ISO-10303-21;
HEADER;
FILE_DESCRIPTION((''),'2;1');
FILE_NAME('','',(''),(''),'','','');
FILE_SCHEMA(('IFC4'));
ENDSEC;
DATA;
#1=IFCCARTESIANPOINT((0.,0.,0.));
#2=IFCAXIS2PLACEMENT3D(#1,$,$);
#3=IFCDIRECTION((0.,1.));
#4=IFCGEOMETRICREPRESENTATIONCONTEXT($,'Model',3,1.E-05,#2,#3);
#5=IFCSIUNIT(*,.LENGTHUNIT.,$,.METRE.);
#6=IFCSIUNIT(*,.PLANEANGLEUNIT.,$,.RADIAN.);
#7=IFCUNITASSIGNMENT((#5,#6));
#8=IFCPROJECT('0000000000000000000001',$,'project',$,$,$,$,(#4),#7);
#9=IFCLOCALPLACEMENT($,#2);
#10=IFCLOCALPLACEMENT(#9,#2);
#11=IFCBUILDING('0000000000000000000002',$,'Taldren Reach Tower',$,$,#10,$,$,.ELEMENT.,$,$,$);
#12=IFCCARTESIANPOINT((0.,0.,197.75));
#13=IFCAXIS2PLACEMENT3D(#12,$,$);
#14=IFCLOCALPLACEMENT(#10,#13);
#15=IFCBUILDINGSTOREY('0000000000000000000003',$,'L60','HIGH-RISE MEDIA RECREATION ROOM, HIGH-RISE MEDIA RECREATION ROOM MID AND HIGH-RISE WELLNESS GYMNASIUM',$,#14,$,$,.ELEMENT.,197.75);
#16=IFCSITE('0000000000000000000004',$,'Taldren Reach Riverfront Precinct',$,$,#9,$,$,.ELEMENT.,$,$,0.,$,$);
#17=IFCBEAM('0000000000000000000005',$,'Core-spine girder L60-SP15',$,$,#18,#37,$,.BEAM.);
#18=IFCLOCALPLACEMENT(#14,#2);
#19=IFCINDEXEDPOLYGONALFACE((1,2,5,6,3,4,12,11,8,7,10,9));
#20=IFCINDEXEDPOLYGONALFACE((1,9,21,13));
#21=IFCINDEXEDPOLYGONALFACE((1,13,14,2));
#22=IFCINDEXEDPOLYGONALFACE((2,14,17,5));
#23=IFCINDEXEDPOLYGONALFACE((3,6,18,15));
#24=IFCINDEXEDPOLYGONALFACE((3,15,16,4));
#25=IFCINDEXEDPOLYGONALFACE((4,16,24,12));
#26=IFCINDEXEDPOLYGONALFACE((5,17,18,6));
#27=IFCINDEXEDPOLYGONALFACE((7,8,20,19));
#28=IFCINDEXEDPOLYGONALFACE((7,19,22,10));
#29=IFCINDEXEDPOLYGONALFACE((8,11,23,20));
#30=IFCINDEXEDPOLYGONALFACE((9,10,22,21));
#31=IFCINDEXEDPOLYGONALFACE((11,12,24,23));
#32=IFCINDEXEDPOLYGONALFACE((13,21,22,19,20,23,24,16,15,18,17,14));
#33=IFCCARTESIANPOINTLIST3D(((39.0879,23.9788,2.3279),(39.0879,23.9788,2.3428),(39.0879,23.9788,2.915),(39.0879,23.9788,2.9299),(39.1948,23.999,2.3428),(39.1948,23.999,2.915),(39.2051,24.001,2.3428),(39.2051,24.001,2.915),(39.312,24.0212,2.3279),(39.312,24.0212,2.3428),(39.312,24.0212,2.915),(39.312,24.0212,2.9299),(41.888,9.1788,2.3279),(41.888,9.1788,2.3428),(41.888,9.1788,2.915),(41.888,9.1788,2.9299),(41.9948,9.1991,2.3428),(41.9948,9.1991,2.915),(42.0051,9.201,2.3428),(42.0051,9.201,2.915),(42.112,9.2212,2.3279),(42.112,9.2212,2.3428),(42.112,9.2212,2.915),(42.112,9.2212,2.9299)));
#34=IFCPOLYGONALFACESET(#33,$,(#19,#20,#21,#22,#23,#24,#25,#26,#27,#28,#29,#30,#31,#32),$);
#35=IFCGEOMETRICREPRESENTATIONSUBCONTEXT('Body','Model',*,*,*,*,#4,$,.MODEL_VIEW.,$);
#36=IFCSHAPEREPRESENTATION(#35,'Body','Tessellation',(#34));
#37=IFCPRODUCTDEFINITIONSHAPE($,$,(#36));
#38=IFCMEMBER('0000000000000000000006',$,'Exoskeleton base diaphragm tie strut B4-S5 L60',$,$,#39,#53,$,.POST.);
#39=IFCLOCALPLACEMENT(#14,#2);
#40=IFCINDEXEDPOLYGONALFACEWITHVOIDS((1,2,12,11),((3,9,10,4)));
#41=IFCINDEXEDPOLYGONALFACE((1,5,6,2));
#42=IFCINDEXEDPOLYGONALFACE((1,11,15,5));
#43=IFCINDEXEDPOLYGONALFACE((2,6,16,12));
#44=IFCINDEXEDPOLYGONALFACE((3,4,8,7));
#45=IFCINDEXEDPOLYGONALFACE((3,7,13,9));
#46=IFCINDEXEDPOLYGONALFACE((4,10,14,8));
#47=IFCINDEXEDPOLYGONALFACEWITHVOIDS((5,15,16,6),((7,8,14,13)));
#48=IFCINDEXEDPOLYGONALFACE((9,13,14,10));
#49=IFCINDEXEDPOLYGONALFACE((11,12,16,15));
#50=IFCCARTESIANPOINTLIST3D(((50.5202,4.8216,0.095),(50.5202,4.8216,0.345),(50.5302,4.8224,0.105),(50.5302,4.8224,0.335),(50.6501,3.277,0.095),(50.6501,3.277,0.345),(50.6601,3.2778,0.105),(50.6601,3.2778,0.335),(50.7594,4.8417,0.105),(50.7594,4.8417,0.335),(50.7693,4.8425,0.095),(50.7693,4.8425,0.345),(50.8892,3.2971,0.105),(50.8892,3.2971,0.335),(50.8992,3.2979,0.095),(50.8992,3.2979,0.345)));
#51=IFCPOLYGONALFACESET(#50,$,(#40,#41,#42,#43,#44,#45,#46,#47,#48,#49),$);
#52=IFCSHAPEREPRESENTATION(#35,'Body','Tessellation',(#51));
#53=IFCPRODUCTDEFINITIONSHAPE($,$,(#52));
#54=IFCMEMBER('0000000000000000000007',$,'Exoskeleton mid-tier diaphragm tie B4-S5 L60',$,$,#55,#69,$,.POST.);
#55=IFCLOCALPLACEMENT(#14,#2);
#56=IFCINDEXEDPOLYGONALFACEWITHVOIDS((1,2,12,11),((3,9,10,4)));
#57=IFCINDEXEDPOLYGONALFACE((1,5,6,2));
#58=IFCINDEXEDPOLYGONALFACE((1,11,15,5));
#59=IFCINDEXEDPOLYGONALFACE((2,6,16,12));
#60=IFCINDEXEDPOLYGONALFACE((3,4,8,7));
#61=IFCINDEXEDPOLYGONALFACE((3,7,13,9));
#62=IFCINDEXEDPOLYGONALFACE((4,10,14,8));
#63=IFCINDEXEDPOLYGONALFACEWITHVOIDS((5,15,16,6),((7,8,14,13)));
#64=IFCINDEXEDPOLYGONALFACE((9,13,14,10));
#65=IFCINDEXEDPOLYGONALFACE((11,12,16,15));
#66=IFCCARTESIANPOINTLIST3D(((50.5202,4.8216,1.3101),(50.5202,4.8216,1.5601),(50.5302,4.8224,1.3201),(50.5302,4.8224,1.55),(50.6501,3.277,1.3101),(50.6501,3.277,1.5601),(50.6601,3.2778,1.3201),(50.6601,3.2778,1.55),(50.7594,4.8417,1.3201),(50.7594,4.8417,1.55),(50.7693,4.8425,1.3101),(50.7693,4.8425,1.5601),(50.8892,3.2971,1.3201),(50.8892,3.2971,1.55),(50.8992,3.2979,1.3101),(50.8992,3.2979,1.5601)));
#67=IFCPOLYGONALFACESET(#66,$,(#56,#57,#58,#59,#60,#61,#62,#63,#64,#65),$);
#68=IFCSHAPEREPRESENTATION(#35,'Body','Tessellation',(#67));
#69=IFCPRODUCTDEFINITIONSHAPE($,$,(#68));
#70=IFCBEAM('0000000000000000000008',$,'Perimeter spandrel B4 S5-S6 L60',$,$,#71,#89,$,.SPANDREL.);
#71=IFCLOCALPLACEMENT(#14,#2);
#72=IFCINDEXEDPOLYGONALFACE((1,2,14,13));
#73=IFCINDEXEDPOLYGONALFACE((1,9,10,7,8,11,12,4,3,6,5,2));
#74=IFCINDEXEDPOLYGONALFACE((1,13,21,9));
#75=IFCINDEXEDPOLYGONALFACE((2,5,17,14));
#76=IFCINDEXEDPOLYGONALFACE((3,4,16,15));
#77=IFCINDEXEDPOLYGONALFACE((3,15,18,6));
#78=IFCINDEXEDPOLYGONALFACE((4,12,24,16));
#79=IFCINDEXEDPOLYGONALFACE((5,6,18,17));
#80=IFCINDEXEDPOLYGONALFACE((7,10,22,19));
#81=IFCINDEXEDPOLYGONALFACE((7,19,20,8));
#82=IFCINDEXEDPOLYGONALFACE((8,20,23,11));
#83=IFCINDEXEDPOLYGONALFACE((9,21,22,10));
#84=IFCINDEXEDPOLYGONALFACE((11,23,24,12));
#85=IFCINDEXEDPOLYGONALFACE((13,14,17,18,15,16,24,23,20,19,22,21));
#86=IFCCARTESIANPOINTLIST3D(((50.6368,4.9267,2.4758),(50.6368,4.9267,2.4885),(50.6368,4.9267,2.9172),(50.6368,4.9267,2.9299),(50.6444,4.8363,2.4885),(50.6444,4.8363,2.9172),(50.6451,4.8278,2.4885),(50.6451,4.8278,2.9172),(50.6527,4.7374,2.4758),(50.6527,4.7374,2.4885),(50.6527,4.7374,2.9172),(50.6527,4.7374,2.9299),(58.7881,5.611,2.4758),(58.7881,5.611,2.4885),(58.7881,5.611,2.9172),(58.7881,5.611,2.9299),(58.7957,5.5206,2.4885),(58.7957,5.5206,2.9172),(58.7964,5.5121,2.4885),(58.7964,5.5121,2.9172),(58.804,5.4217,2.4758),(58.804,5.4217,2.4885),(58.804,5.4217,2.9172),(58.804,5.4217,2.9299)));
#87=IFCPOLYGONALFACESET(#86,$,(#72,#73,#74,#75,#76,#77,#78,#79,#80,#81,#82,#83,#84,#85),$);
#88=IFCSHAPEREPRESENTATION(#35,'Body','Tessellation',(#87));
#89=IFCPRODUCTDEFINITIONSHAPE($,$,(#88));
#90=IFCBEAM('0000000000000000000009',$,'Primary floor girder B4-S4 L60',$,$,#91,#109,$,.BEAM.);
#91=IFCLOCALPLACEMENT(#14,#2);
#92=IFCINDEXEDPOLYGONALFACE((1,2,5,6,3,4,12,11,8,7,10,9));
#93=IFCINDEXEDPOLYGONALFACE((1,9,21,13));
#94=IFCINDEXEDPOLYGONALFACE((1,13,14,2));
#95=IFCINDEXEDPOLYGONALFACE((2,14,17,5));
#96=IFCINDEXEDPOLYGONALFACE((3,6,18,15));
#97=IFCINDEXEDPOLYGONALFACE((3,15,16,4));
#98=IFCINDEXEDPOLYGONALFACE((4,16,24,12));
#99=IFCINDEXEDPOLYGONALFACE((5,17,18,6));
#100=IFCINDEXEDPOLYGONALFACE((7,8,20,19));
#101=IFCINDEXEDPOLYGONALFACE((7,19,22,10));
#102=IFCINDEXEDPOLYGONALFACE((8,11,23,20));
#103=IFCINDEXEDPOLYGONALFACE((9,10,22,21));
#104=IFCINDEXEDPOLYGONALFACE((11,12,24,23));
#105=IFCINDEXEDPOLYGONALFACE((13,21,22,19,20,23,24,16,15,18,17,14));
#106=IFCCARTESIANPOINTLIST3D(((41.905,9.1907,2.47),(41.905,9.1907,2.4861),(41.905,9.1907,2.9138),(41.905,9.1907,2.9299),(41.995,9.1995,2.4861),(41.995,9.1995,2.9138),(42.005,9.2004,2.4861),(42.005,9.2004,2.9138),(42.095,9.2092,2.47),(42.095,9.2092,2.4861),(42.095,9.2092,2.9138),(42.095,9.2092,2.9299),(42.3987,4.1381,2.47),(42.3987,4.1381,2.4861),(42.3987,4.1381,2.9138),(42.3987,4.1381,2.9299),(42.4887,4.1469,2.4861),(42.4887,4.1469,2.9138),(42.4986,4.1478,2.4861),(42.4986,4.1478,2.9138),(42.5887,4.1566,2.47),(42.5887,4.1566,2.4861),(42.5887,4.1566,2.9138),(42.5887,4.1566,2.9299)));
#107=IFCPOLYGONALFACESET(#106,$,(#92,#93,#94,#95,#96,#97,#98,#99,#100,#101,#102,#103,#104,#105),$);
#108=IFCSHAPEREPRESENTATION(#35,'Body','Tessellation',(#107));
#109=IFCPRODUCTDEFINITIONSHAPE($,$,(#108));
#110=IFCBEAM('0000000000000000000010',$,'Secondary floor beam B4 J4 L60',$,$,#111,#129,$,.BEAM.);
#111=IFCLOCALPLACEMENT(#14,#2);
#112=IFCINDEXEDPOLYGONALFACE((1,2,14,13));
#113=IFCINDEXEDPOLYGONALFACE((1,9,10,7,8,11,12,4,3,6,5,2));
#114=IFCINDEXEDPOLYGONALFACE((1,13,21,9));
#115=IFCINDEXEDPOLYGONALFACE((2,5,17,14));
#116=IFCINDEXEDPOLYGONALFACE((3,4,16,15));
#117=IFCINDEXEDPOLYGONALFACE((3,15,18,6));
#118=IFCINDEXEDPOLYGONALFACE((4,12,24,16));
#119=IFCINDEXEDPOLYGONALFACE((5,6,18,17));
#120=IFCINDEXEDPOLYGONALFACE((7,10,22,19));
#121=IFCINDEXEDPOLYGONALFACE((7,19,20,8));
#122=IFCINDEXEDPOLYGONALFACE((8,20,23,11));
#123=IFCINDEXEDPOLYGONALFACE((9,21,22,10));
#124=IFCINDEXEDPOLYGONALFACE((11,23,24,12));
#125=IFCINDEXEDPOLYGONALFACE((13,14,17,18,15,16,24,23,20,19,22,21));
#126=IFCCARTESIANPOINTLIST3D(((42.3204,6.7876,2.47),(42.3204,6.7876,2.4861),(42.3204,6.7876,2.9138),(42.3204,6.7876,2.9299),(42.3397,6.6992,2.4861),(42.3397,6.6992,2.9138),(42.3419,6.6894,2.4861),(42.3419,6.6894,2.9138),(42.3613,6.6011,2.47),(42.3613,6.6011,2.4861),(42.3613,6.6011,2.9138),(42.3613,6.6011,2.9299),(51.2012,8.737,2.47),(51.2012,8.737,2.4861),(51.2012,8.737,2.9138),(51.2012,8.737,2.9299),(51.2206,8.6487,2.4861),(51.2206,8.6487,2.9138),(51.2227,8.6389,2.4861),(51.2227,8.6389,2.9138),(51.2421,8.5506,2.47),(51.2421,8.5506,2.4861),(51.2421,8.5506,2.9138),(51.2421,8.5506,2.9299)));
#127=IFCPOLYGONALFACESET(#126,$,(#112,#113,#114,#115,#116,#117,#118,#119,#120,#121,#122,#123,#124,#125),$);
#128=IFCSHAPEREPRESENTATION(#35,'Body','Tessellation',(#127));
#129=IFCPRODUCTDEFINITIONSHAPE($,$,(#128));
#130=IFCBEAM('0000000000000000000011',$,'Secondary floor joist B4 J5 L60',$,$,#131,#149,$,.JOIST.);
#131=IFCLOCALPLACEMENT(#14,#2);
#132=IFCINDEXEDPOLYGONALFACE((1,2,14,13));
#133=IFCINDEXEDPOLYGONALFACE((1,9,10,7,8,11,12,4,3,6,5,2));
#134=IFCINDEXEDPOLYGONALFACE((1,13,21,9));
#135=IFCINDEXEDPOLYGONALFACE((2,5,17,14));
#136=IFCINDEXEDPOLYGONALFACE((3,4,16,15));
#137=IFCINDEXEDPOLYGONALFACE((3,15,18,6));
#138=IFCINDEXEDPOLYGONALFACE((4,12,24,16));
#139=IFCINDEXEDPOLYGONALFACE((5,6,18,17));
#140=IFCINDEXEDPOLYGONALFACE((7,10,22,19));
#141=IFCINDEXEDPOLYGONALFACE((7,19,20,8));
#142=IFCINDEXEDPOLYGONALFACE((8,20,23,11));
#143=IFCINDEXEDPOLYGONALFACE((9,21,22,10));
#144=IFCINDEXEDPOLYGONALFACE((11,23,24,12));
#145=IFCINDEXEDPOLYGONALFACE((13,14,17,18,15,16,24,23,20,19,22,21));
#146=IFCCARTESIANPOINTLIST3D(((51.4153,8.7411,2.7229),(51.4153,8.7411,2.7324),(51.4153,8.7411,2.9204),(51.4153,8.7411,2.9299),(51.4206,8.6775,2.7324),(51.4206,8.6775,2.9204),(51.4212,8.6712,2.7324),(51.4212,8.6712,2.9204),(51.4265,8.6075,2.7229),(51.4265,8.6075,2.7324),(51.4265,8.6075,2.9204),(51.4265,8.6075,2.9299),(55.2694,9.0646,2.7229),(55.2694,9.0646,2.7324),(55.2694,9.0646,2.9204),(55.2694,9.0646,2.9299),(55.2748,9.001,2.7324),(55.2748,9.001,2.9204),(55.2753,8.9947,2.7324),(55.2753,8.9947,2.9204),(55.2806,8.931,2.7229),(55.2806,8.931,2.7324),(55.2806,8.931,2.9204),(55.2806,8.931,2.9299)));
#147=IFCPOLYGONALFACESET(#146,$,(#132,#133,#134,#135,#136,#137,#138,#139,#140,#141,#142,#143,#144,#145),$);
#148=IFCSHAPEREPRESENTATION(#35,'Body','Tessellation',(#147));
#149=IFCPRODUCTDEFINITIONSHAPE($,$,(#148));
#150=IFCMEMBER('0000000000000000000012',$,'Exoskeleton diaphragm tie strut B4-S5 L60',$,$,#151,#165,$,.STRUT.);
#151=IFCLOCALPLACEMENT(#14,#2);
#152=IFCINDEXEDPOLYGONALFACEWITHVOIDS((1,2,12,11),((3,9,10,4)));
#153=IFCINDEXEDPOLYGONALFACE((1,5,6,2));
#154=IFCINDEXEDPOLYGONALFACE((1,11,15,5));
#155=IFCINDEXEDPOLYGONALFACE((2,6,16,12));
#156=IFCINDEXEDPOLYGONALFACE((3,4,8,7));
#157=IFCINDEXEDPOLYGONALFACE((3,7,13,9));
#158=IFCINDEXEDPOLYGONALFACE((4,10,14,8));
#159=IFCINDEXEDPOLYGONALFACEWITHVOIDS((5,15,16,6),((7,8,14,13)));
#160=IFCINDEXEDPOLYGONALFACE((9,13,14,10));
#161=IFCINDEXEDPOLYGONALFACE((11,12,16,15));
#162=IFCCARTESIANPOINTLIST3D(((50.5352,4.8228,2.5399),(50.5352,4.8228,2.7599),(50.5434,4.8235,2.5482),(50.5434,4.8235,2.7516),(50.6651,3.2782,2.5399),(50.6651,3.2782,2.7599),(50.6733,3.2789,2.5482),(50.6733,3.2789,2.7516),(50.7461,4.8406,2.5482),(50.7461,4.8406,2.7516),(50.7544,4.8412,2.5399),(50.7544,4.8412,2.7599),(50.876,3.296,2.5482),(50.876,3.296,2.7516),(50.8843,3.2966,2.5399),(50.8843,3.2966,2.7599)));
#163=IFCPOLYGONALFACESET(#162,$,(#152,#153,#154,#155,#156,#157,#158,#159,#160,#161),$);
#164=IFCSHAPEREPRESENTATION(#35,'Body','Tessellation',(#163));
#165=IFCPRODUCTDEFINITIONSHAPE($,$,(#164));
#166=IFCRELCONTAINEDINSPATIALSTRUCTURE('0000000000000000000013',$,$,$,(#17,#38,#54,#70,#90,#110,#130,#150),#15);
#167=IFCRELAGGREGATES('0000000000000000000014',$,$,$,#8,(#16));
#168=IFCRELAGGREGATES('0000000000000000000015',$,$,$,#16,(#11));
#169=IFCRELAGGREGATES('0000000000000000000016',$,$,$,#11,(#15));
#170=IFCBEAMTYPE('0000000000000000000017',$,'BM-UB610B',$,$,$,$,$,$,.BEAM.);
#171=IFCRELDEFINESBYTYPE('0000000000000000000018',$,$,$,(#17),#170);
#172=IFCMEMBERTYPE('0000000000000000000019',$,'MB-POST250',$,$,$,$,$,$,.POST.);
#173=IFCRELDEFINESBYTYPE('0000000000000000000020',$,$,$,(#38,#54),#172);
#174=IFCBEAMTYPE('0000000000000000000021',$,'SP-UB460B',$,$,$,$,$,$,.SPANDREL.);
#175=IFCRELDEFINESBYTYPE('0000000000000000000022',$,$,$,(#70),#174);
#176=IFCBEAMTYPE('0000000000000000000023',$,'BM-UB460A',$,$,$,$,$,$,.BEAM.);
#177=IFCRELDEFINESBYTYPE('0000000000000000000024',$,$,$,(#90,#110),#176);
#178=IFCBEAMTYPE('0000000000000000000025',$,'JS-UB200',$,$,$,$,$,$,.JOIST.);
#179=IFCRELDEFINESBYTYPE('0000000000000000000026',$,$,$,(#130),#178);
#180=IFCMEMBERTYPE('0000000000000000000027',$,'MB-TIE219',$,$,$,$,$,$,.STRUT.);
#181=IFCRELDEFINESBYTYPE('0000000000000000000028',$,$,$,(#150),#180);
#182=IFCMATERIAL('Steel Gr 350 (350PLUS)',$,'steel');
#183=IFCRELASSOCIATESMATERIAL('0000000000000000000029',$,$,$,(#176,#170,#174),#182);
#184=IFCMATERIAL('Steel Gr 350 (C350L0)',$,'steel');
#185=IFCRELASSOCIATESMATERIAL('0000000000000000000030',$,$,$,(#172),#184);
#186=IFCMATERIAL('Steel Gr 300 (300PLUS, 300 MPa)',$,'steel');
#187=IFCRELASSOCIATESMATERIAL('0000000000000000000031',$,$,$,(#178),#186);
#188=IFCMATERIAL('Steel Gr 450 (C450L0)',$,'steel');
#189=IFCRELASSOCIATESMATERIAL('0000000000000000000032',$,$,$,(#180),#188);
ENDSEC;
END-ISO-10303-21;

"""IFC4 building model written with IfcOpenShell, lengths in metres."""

from ifc_helpers import new_model, si_unit, direction, frame, origin, origin_2d, place, context, subcontext, project, spatial, hollow_rectangle, i_section, extrude, source, transform, mapped, material, material_profile, profile_set, type_object, element, save


model = new_model("IFC4")

# Units and contexts
model_context = context("Model", 3, precision=1e-05, world=origin(), true_north=direction((0.0, 1.0)))
body_context = subcontext(model_context, "Body", "Model", "MODEL_VIEW")
ifc_project = project(units=[si_unit("LENGTHUNIT", "METRE"), si_unit("PLANEANGLEUNIT", "RADIAN")], contexts=[model_context])

# Site, building, storey
site_placement = place(None, origin())
site = spatial("IfcSite", under=ifc_project, at=site_placement, Name="Taldren Reach Riverfront Precinct", CompositionType="ELEMENT", RefElevation=0.0)
building_placement = place(site_placement, origin())
building = spatial("IfcBuilding", under=site, at=building_placement, Name="Taldren Reach Tower", CompositionType="ELEMENT")
storey_placement = place(building_placement, frame((0.0, 0.0, 197.75)))
storey = spatial("IfcBuildingStorey", under=building, at=storey_placement, Name="L60", Description="HIGH-RISE MEDIA RECREATION ROOM, HIGH-RISE MEDIA RECREATION ROOM MID AND HIGH-RISE WELLNESS GYMNASIUM", CompositionType="ELEMENT", Elevation=197.75)

# Shared definitions
ifc_material_1 = material(Name="Steel Gr 350 (350PLUS)", Category="steel")
ifc_material_2 = material(Name="Steel Gr 450 (C450L0)", Category="steel")

# Beam
ifc_material_profile_1 = material_profile(ifc_material_1, i_section(OverallWidth=0.1909, OverallDepth=0.46, WebThickness=0.01, FlangeThickness=0.0161, at=origin_2d()), Name="460UB82.1")
ifc_profile_set_1 = profile_set([ifc_material_profile_1], Name="Steel Gr 350 (350PLUS)")
beam_type_1 = type_object("IfcBeamType", Name="BM-UB460A", PredefinedType="BEAM", material=ifc_profile_set_1)
ifc_material_profile_2 = material_profile(ifc_material_1, i_section(OverallWidth=0.228, OverallDepth=0.6021, WebThickness=0.0105, FlangeThickness=0.0149, at=origin_2d()), Name="610UB101")
ifc_profile_set_2 = profile_set([ifc_material_profile_2], Name="Steel Gr 350 (350PLUS)")
beam_type_2 = type_object("IfcBeamType", Name="BM-UB610B", PredefinedType="BEAM", material=ifc_profile_set_2)
shared_shape_1 = source(origin(), body_context, "Body", "SweptSolid", [
    extrude(i_section(OverallWidth=0.228, OverallDepth=0.6021, WebThickness=0.0105, FlangeThickness=0.0149, at=origin_2d()), origin(), (0.0, 0.0, 1.0), 15.0625),
])
beam_1_placement = place(storey_placement, frame((39.2, 24.0, 2.6289), z_axis=(0.185894, -0.98257, 0.0), x_axis=(0.98257, 0.185894, 0.0)))
element("IfcBeam", 1, at=beam_1_placement, inside=storey, type_object=beam_type_2, Name="Core-spine girder L60-SP15", PredefinedType="BEAM", context=body_context, shape_type="MappedRepresentation", body=[
    mapped(shared_shape_1, transform((0.0, 0.0, 0.0), scale=1.0)),
])

# Members
ifc_material_3 = material(Name="Steel Gr 350 (C350L0)", Category="steel")
ifc_material_profile_3 = material_profile(ifc_material_3, hollow_rectangle(XDim=0.25, YDim=0.25, WallThickness=0.01, at=origin_2d()), Name="250x250x10.0SHS")
ifc_profile_set_3 = profile_set([ifc_material_profile_3], Name="Steel Gr 350 (C350L0)")
member_type_1 = type_object("IfcMemberType", Name="MB-POST250", PredefinedType="POST", material=ifc_profile_set_3)
shared_shape_2 = source(origin(), body_context, "Body", "SweptSolid", [
    extrude(hollow_rectangle(XDim=0.25, YDim=0.25, WallThickness=0.01, at=origin_2d()), origin(), (0.0, 0.0, 1.0), 1.55),
])
for number, where, z_axis, x_axis, name in (
    (2, (50.6448, 4.832, 0.22), (0.083788, -0.996484, 0.0), (0.996484, 0.083788, 0.0), "Exoskeleton base diaphragm tie strut B4-S5 L60"),
    (3, (50.6448, 4.832, 1.4351), (0.083788, -0.996484, 0.0), (0.996484, 0.083788, 0.0), "Exoskeleton mid-tier diaphragm tie B4-S5 L60"),
):
    element("IfcMember", number, at=place(storey_placement, frame(where, z_axis=z_axis, x_axis=x_axis)), inside=storey, type_object=member_type_1, Name=name, PredefinedType="POST", context=body_context, shape_type="MappedRepresentation", body=[
        mapped(shared_shape_2, transform((0.0, 0.0, 0.0), scale=1.0)),
    ])

# Beams
ifc_material_profile_4 = material_profile(ifc_material_1, i_section(OverallWidth=0.1899, OverallDepth=0.4541, WebThickness=0.0085, FlangeThickness=0.0127, at=origin_2d()), Name="460UB67.1")
ifc_profile_set_4 = profile_set([ifc_material_profile_4], Name="Steel Gr 350 (350PLUS)")
beam_type_3 = type_object("IfcBeamType", Name="SP-UB460B", PredefinedType="SPANDREL", material=ifc_profile_set_4)
shared_shape_3 = source(origin(), body_context, "Body", "SweptSolid", [
    extrude(i_section(OverallWidth=0.1899, OverallDepth=0.4541, WebThickness=0.0085, FlangeThickness=0.0127, at=origin_2d()), origin(), (0.0, 0.0, 1.0), 8.1799),
])
beam_2_placement = place(storey_placement, frame((50.6448, 4.832, 2.7029), z_axis=(0.996495, 0.083658, 0.0), x_axis=(-0.083658, 0.996495, 0.0)))
element("IfcBeam", 4, at=beam_2_placement, inside=storey, type_object=beam_type_3, Name="Perimeter spandrel B4 S5-S6 L60", PredefinedType="SPANDREL", context=body_context, shape_type="MappedRepresentation", body=[
    mapped(shared_shape_3, transform((0.0, 0.0, 0.0), scale=1.0)),
])
shared_shape_4 = source(origin(), body_context, "Body", "SweptSolid", [
    extrude(i_section(OverallWidth=0.1909, OverallDepth=0.46, WebThickness=0.01, FlangeThickness=0.0161, at=origin_2d()), origin(), (0.0, 0.0, 1.0), 5.0767),
])
beam_3_placement = place(storey_placement, frame((42.0, 9.2, 2.7), z_axis=(0.097242, -0.995261, 0.0), x_axis=(0.995261, 0.097242, 0.0)))
element("IfcBeam", 5, at=beam_3_placement, inside=storey, type_object=beam_type_1, Name="Primary floor girder B4-S4 L60", PredefinedType="BEAM", context=body_context, shape_type="MappedRepresentation", body=[
    mapped(shared_shape_4, transform((0.0, 0.0, 0.0), scale=1.0)),
])
shared_shape_5 = source(origin(), body_context, "Body", "SweptSolid", [
    extrude(i_section(OverallWidth=0.1909, OverallDepth=0.46, WebThickness=0.01, FlangeThickness=0.0161, at=origin_2d()), origin(), (0.0, 0.0, 1.0), 9.0923),
])
beam_4_placement = place(storey_placement, frame((42.3408, 6.6943, 2.7), z_axis=(0.976744, 0.214408, 0.0), x_axis=(-0.214408, 0.976744, 0.0)))
element("IfcBeam", 6, at=beam_4_placement, inside=storey, type_object=beam_type_1, Name="Secondary floor beam B4 J4 L60", PredefinedType="BEAM", context=body_context, shape_type="MappedRepresentation", body=[
    mapped(shared_shape_5, transform((0.0, 0.0, 0.0), scale=1.0)),
])
ifc_material_4 = material(Name="Steel Gr 300 (300PLUS, 300 MPa)", Category="steel")
ifc_material_profile_5 = material_profile(ifc_material_4, i_section(OverallWidth=0.134, OverallDepth=0.207, WebThickness=0.0063, FlangeThickness=0.0095, at=origin_2d()), Name="200UB29.8")
ifc_profile_set_5 = profile_set([ifc_material_profile_5], Name="Steel Gr 300 (300PLUS, 300 MPa)")
beam_type_4 = type_object("IfcBeamType", Name="JS-UB200", PredefinedType="JOIST", material=ifc_profile_set_5)
shared_shape_6 = source(origin(), body_context, "Body", "SweptSolid", [
    extrude(i_section(OverallWidth=0.134, OverallDepth=0.207, WebThickness=0.0063, FlangeThickness=0.0095, at=origin_2d()), origin(), (0.0, 0.0, 1.0), 3.8677),
])
beam_5_placement = place(storey_placement, frame((51.4209, 8.6743, 2.8264), z_axis=(0.996496, 0.083641, 0.0), x_axis=(-0.083641, 0.996496, 0.0)))
element("IfcBeam", 7, at=beam_5_placement, inside=storey, type_object=beam_type_4, Name="Secondary floor joist B4 J5 L60", PredefinedType="JOIST", context=body_context, shape_type="MappedRepresentation", body=[
    mapped(shared_shape_6, transform((0.0, 0.0, 0.0), scale=1.0)),
])

# Member
ifc_material_profile_6 = material_profile(ifc_material_2, hollow_rectangle(XDim=0.22, YDim=0.22, WallThickness=0.0083, at=origin_2d()), Name="220x220x8.2SHS")
ifc_profile_set_6 = profile_set([ifc_material_profile_6], Name="Steel Gr 450 (C450L0)")
member_type_2 = type_object("IfcMemberType", Name="MB-TIE219", PredefinedType="STRUT", material=ifc_profile_set_6)
shared_shape_7 = source(origin(), body_context, "Body", "SweptSolid", [
    extrude(hollow_rectangle(XDim=0.22, YDim=0.22, WallThickness=0.0083, at=origin_2d()), origin(), (0.0, 0.0, 1.0), 1.55),
])
member_1_placement = place(storey_placement, frame((50.6448, 4.832, 2.6499), z_axis=(0.083788, -0.996484, 0.0), x_axis=(0.996484, 0.083788, 0.0)))
element("IfcMember", 8, at=member_1_placement, inside=storey, type_object=member_type_2, Name="Exoskeleton diaphragm tie strut B4-S5 L60", PredefinedType="STRUT", context=body_context, shape_type="MappedRepresentation", body=[
    mapped(shared_shape_7, transform((0.0, 0.0, 0.0), scale=1.0)),
])

save(model, "model.ifc")
